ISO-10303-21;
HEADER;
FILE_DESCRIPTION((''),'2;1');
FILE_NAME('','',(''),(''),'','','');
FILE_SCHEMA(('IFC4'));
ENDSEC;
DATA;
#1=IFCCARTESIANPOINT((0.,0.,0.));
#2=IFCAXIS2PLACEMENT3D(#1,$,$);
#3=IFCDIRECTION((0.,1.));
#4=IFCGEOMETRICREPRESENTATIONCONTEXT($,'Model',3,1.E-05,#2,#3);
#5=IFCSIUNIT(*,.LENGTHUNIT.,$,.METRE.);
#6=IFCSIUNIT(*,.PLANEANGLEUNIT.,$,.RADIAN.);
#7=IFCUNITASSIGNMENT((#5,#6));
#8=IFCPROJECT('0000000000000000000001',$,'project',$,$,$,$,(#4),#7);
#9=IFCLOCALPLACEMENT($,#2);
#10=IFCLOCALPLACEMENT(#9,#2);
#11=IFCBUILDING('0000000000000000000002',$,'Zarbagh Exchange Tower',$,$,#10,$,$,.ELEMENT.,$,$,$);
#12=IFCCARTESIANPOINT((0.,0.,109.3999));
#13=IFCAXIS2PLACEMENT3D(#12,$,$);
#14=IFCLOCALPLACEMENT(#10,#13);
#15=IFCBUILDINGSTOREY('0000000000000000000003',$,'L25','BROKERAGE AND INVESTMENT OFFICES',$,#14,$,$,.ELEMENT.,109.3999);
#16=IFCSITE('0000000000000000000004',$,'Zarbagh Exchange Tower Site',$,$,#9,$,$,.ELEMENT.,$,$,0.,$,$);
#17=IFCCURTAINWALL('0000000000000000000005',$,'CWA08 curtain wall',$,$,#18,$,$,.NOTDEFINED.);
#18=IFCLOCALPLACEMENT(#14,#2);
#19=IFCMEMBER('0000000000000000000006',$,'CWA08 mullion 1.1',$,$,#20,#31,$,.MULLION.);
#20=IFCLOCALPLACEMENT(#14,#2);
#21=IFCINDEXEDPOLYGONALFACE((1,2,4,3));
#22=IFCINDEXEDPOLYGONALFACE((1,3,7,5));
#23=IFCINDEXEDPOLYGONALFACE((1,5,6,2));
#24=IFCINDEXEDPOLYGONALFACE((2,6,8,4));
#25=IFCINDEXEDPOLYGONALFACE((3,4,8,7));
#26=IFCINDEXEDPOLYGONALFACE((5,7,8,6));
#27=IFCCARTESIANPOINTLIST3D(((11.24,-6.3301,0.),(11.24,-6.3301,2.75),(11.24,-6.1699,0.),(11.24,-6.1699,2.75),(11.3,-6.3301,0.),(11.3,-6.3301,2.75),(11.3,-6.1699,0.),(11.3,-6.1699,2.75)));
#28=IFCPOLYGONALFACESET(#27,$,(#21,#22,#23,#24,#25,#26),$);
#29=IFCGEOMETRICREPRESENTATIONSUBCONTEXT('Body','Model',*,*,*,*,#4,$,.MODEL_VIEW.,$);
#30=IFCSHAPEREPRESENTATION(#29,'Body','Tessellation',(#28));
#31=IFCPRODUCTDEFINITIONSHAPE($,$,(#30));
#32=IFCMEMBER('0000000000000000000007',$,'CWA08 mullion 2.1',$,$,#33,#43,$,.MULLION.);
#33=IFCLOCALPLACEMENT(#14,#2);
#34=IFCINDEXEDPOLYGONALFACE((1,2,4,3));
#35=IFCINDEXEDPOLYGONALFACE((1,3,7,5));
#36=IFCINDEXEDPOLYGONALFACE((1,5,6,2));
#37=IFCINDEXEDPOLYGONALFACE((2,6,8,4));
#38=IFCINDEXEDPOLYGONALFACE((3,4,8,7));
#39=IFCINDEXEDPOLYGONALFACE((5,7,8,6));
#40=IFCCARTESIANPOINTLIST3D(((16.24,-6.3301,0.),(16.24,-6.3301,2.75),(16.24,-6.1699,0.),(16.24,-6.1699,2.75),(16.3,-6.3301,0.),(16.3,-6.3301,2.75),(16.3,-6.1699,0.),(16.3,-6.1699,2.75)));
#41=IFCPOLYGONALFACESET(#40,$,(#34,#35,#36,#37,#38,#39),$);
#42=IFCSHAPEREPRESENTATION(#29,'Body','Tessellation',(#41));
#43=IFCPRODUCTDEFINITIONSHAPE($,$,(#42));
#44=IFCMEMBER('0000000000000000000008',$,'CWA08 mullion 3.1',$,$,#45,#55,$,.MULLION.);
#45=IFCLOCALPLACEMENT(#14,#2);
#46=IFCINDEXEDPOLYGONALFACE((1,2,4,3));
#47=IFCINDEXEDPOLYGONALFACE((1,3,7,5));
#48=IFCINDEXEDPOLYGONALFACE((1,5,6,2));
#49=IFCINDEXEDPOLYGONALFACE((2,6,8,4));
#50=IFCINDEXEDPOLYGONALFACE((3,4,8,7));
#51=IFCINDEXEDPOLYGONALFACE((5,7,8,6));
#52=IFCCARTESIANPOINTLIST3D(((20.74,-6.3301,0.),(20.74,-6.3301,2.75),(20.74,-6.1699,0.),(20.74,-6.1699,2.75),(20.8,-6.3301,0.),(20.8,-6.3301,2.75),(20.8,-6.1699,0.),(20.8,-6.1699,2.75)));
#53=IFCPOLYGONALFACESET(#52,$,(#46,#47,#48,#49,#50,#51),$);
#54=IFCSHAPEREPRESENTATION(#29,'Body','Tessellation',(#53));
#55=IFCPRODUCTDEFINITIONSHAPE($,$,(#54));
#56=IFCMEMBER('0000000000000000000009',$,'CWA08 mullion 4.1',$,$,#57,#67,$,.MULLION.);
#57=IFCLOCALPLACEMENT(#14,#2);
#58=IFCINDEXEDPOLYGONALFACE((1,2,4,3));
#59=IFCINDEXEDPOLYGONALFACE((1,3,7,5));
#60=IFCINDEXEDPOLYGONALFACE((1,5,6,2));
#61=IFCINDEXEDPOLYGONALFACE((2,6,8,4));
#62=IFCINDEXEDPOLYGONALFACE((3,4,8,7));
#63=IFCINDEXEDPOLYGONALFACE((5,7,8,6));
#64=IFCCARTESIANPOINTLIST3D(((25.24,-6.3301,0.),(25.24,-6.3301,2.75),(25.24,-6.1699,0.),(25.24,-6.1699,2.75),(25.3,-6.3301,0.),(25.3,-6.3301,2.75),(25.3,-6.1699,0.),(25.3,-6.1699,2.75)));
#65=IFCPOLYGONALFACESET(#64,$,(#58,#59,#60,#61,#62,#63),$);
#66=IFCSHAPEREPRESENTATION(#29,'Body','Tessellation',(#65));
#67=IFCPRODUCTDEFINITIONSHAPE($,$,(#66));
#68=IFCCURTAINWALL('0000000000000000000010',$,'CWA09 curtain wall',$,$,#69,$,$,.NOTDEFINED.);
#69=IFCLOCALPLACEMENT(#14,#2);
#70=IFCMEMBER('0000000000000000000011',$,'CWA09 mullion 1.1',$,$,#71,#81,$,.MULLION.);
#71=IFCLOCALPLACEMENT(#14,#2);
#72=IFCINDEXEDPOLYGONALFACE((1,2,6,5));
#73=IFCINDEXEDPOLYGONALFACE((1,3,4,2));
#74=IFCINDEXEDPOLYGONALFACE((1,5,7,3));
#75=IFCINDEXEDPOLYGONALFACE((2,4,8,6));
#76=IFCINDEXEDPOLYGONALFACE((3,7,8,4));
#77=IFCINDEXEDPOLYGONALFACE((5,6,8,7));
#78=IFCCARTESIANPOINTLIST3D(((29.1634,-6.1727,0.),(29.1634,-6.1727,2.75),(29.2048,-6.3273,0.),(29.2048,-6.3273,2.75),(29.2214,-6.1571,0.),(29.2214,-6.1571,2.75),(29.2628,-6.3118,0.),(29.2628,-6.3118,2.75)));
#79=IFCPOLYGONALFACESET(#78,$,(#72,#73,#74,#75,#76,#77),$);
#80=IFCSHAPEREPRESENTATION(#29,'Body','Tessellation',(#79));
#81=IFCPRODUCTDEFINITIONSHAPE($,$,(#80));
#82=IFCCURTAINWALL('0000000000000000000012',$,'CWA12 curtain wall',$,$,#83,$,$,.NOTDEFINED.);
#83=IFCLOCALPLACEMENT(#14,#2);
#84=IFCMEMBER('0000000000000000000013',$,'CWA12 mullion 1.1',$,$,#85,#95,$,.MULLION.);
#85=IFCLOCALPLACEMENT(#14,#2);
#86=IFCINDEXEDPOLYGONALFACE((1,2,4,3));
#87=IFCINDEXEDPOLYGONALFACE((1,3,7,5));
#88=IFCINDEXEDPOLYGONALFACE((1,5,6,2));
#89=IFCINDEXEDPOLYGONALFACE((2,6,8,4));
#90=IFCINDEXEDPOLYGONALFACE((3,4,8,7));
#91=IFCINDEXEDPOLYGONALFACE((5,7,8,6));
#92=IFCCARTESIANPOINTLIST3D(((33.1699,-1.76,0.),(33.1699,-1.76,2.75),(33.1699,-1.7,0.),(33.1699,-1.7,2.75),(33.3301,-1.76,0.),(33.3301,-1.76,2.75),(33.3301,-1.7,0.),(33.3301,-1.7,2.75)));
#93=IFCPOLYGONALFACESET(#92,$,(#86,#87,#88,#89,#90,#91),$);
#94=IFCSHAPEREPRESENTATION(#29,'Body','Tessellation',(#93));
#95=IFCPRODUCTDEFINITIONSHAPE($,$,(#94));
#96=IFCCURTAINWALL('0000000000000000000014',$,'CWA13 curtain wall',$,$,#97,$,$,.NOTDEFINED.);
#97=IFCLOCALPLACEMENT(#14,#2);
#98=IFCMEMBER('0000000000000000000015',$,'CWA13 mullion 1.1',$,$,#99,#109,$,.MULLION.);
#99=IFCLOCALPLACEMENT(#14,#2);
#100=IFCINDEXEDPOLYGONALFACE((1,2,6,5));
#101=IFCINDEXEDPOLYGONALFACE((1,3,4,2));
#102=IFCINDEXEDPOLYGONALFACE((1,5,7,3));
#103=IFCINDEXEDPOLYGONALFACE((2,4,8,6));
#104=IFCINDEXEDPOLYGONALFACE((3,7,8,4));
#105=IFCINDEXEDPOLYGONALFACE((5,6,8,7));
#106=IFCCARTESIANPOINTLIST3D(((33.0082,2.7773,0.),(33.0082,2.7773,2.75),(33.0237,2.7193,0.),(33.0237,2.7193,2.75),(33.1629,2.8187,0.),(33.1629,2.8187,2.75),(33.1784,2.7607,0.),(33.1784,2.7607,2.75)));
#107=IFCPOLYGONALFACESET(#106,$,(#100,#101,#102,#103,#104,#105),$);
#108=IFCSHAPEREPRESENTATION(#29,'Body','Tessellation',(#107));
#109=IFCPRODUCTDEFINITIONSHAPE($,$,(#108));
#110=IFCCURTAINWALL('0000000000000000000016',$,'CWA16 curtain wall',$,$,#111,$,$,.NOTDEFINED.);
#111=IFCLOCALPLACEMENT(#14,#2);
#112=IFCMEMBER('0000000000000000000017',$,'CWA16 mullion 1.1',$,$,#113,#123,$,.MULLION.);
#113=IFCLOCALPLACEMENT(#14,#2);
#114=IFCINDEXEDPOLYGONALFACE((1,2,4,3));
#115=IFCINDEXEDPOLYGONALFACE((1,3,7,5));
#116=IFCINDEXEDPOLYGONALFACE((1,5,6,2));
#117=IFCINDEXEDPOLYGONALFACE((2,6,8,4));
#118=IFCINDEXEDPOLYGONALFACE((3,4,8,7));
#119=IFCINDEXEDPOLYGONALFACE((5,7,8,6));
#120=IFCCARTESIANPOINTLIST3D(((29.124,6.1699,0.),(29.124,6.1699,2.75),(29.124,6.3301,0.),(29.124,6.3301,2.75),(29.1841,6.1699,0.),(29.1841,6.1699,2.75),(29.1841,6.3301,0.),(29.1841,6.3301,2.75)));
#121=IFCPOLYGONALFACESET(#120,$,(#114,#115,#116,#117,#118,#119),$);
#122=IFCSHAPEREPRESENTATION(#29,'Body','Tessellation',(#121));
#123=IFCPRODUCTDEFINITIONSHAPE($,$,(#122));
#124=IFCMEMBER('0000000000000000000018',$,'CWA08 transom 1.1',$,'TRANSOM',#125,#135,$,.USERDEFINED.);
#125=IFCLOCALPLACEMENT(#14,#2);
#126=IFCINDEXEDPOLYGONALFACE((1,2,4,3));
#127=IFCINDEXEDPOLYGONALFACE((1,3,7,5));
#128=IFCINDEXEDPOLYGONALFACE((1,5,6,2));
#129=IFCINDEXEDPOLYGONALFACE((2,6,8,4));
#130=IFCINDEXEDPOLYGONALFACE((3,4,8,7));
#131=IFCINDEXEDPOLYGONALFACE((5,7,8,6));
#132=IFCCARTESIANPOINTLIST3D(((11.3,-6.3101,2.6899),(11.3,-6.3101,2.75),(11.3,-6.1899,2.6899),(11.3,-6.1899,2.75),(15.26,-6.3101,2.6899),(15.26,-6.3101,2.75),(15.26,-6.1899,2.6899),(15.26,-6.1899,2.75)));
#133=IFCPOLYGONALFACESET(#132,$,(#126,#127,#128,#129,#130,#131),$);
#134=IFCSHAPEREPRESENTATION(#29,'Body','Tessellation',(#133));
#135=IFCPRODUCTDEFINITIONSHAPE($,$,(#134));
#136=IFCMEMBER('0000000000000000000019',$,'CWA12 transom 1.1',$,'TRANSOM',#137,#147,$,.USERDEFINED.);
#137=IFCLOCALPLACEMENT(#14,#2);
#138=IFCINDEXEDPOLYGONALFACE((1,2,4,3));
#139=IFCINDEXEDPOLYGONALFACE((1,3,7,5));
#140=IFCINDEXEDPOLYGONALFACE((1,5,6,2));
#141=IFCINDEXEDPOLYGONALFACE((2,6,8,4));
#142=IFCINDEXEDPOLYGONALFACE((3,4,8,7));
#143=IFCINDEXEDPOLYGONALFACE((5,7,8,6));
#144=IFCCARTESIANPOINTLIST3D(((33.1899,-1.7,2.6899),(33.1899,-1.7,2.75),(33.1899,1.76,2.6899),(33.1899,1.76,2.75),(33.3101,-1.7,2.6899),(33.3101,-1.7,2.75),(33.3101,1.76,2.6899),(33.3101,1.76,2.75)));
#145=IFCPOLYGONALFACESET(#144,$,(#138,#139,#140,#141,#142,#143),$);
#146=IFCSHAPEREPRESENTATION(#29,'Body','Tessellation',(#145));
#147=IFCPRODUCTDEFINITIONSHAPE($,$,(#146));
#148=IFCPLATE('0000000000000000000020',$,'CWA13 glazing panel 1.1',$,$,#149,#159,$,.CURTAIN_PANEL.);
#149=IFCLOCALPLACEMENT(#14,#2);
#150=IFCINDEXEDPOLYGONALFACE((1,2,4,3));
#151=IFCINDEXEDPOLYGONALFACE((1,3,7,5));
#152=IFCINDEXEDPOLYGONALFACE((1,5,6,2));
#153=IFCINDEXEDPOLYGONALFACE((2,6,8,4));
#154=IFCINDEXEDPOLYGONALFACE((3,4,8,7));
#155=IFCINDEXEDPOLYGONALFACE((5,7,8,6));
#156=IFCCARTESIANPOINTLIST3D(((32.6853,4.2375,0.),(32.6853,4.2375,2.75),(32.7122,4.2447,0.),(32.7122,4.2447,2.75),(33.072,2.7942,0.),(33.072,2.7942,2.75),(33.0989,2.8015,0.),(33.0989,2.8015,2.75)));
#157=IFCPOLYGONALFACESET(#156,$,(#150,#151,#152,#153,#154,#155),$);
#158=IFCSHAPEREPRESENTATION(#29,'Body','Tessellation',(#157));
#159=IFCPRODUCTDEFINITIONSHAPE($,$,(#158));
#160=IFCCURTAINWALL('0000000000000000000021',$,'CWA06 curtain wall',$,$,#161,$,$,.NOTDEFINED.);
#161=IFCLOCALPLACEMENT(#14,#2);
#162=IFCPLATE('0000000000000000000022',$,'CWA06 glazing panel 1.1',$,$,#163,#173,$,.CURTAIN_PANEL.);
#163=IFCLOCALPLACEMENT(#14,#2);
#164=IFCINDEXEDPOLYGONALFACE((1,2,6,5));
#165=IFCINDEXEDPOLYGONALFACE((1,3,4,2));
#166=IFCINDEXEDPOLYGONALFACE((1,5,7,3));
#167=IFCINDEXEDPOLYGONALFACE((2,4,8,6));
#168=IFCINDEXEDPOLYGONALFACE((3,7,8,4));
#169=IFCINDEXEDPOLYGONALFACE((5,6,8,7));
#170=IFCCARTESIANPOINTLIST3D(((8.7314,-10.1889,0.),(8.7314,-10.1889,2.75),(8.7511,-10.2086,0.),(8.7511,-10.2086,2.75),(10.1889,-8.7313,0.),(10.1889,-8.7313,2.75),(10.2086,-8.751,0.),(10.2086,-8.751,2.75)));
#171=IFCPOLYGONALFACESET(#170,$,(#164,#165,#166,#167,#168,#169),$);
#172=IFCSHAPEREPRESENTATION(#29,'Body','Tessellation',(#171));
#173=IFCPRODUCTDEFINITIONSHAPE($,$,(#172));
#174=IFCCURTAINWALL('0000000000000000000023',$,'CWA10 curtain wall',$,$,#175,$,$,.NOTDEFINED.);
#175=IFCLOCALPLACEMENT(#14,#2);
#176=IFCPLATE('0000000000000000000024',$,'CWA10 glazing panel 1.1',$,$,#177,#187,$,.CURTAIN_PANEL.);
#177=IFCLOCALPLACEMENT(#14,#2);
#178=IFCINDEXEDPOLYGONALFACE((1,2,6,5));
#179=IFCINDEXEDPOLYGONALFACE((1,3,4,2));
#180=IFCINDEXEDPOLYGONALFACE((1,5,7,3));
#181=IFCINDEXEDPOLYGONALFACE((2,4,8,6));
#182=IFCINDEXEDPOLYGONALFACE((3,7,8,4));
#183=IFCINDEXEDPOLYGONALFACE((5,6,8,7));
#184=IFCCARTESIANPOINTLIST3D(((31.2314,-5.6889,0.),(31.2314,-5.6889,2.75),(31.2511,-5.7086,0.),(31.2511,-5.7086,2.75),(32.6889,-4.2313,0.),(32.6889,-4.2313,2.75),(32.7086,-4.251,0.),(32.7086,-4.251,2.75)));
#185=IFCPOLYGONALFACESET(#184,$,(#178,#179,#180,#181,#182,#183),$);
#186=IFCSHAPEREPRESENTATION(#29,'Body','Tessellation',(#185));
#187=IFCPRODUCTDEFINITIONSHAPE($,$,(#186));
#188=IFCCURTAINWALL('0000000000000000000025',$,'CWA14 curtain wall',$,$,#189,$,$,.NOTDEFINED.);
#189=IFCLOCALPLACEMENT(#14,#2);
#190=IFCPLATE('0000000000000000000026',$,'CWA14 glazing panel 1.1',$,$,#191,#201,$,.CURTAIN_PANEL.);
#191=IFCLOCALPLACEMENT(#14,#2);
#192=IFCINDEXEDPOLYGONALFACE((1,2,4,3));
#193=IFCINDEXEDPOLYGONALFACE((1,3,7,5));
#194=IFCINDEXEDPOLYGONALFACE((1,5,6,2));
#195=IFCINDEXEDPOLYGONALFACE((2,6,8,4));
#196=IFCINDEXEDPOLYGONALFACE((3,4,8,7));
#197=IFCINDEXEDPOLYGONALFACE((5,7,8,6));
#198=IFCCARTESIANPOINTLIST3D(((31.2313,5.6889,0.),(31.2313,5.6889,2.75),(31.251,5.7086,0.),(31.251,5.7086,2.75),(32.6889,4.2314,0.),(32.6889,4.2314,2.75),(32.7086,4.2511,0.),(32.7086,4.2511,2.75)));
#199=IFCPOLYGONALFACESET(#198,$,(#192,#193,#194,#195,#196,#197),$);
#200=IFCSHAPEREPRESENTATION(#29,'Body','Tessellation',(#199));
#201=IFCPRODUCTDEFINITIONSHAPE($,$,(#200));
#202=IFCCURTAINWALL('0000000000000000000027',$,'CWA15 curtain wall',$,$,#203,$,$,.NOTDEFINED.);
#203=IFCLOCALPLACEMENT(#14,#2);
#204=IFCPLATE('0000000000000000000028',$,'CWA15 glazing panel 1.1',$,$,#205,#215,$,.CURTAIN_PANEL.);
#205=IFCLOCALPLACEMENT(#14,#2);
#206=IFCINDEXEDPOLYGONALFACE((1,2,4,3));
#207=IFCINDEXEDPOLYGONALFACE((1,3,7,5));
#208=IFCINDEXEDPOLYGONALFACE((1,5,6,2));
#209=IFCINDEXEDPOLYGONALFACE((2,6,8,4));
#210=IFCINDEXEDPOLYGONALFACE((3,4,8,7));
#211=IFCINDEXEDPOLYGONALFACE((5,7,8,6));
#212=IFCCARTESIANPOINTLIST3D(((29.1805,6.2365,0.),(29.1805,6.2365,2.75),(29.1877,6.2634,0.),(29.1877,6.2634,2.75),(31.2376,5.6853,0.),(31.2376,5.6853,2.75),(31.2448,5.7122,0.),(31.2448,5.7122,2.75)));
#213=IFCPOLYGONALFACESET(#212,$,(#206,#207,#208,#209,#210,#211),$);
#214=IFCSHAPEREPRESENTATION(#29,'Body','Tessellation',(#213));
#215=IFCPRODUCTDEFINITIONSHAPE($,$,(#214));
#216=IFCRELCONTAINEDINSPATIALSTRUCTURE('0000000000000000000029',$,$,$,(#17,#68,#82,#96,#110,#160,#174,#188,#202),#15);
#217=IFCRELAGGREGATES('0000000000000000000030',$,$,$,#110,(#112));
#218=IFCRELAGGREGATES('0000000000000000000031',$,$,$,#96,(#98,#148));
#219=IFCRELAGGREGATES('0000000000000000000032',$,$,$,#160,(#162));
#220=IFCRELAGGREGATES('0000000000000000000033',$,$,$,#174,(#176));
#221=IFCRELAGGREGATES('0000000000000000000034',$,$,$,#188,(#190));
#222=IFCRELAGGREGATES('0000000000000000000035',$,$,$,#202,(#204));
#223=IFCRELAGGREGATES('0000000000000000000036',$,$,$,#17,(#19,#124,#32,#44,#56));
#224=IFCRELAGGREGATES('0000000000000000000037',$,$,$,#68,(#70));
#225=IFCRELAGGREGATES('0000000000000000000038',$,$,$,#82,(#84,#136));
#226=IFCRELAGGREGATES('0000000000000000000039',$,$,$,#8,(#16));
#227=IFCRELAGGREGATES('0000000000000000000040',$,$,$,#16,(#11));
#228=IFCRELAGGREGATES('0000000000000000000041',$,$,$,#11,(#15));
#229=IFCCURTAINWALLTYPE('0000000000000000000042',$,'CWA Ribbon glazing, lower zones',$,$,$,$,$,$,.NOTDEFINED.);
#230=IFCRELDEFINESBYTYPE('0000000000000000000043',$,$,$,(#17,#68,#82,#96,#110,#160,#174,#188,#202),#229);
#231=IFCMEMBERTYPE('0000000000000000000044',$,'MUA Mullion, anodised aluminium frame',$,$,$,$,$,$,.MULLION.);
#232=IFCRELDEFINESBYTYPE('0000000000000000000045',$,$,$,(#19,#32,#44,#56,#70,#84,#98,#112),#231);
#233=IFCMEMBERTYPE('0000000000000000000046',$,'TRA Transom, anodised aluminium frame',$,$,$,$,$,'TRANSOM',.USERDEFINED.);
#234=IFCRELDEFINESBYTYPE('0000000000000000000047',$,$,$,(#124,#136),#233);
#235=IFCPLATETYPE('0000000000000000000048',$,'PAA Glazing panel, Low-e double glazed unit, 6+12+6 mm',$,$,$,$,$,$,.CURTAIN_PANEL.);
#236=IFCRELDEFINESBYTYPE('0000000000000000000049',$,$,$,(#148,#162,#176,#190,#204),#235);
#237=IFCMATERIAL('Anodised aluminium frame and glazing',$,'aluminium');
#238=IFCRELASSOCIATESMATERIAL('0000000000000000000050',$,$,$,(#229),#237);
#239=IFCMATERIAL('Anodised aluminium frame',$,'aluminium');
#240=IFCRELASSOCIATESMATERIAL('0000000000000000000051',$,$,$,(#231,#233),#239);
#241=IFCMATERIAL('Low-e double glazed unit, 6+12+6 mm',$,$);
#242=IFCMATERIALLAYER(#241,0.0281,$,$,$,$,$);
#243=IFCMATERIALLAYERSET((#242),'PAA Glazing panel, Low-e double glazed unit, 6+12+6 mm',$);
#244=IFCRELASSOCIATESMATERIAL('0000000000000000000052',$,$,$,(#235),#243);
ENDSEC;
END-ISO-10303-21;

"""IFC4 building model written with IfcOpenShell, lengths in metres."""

from ifc_helpers import new_model, si_unit, direction, frame, origin, place, context, subcontext, project, spatial, polyline, outline, extrude, source, transform, mapped, material, layer, layer_set, type_object, element, aggregate, save


model = new_model("IFC4")

# Units and contexts
model_context = context("Model", 3, precision=1e-05, world=origin(), true_north=direction((0.0, 1.0)))
body_context = subcontext(model_context, "Body", "Model", "MODEL_VIEW")
ifc_project = project(units=[si_unit("LENGTHUNIT", "METRE"), si_unit("PLANEANGLEUNIT", "RADIAN")], contexts=[model_context])

# Site, building, storey
site_placement = place(None, origin())
site = spatial("IfcSite", under=ifc_project, at=site_placement, Name="Zarbagh Exchange Tower Site", CompositionType="ELEMENT", RefElevation=0.0)
building_placement = place(site_placement, origin())
building = spatial("IfcBuilding", under=site, at=building_placement, Name="Zarbagh Exchange Tower", CompositionType="ELEMENT")
storey_placement = place(building_placement, frame((0.0, 0.0, 109.3999)))
storey = spatial("IfcBuildingStorey", under=building, at=storey_placement, Name="L25", Description="BROKERAGE AND INVESTMENT OFFICES", CompositionType="ELEMENT", Elevation=109.3999)

# Curtain wall, members
ifc_material_1 = material(Name="Anodised aluminium frame and glazing", Category="aluminium")
curtain_wall_type = type_object("IfcCurtainWallType", Name="CWA Ribbon glazing, lower zones", PredefinedType="NOTDEFINED", material=ifc_material_1)
curtain_wall_1_placement = place(storey_placement, origin())
curtain_wall_1 = element("IfcCurtainWall", 1, at=curtain_wall_1_placement, inside=storey, type_object=curtain_wall_type, Name="CWA08 curtain wall", PredefinedType="NOTDEFINED")
ifc_material_2 = material(Name="Anodised aluminium frame", Category="aluminium")
member_type_1 = type_object("IfcMemberType", Name="MUA Mullion, anodised aluminium frame", PredefinedType="MULLION", material=ifc_material_2)
shared_shape_1 = source(origin(), body_context, "Body", "SweptSolid", [
    extrude(outline(polyline([(0.0, -0.0801), (0.0601, -0.0801), (0.0601, 0.0801), (0.0, 0.0801), (0.0, -0.0801)])), origin(), (0.0, 0.0, 1.0), 2.75),
])
placement = place(storey_placement, origin())
member_1 = element("IfcMember", 2, at=placement, type_object=member_type_1, Name="CWA08 mullion 1.1", PredefinedType="MULLION", context=body_context, shape_type="MappedRepresentation", body=[
    mapped(shared_shape_1, transform((11.24, -6.25, 0.0), x_axis=(1.0, 0.0, 0.0), y_axis=(0.0, 1.0, 0.0), z_axis=(0.0, 0.0, 1.0))),
])
member_2 = element("IfcMember", 3, at=placement, type_object=member_type_1, Name="CWA08 mullion 2.1", PredefinedType="MULLION", context=body_context, shape_type="MappedRepresentation", body=[
    mapped(shared_shape_1, transform((16.24, -6.25, 0.0), x_axis=(1.0, 0.0, 0.0), y_axis=(0.0, 1.0, 0.0), z_axis=(0.0, 0.0, 1.0))),
])
member_3 = element("IfcMember", 4, at=placement, type_object=member_type_1, Name="CWA08 mullion 3.1", PredefinedType="MULLION", context=body_context, shape_type="MappedRepresentation", body=[
    mapped(shared_shape_1, transform((20.74, -6.25, 0.0), x_axis=(1.0, 0.0, 0.0), y_axis=(0.0, 1.0, 0.0), z_axis=(0.0, 0.0, 1.0))),
])
member_4 = element("IfcMember", 5, at=placement, type_object=member_type_1, Name="CWA08 mullion 4.1", PredefinedType="MULLION", context=body_context, shape_type="MappedRepresentation", body=[
    mapped(shared_shape_1, transform((25.24, -6.25, 0.0), x_axis=(1.0, 0.0, 0.0), y_axis=(0.0, 1.0, 0.0), z_axis=(0.0, 0.0, 1.0))),
])

# Curtain walls, members
curtain_wall_2_placement = place(storey_placement, origin())
curtain_wall_2 = element("IfcCurtainWall", 6, at=curtain_wall_2_placement, inside=storey, type_object=curtain_wall_type, Name="CWA09 curtain wall", PredefinedType="NOTDEFINED")
member_5 = element("IfcMember", 7, at=placement, type_object=member_type_1, Name="CWA09 mullion 1.1", PredefinedType="MULLION", context=body_context, shape_type="MappedRepresentation", body=[
    mapped(shared_shape_1, transform((29.1841, -6.25, 0.0), x_axis=(0.965924, 0.258825, 0.0), y_axis=(-0.258825, 0.965924, 0.0), z_axis=(0.0, 0.0, 1.0))),
])
curtain_wall_3_placement = place(storey_placement, origin())
curtain_wall_3 = element("IfcCurtainWall", 8, at=curtain_wall_3_placement, inside=storey, type_object=curtain_wall_type, Name="CWA12 curtain wall", PredefinedType="NOTDEFINED")
member_6 = element("IfcMember", 9, at=placement, type_object=member_type_1, Name="CWA12 mullion 1.1", PredefinedType="MULLION", context=body_context, shape_type="MappedRepresentation", body=[
    mapped(shared_shape_1, transform((33.25, -1.76, 0.0), x_axis=(0.0, 1.0, 0.0), y_axis=(-1.0, 0.0, 0.0), z_axis=(0.0, 0.0, 1.0))),
])
curtain_wall_4_placement = place(storey_placement, origin())
curtain_wall_4 = element("IfcCurtainWall", 10, at=curtain_wall_4_placement, inside=storey, type_object=curtain_wall_type, Name="CWA13 curtain wall", PredefinedType="NOTDEFINED")
member_7 = element("IfcMember", 11, at=placement, type_object=member_type_1, Name="CWA13 mullion 1.1", PredefinedType="MULLION", context=body_context, shape_type="MappedRepresentation", body=[
    mapped(shared_shape_1, transform((33.1011, 2.74, 0.0), x_axis=(-0.258825, 0.965924, 0.0), y_axis=(-0.965924, -0.258825, 0.0), z_axis=(0.0, 0.0, 1.0))),
])
curtain_wall_5_placement = place(storey_placement, origin())
curtain_wall_5 = element("IfcCurtainWall", 12, at=curtain_wall_5_placement, inside=storey, type_object=curtain_wall_type, Name="CWA16 curtain wall", PredefinedType="NOTDEFINED")
member_8 = element("IfcMember", 13, at=placement, type_object=member_type_1, Name="CWA16 mullion 1.1", PredefinedType="MULLION", context=body_context, shape_type="MappedRepresentation", body=[
    mapped(shared_shape_1, transform((29.1841, 6.25, 0.0), x_axis=(-1.0, 0.0, 0.0), y_axis=(0.0, -1.0, 0.0), z_axis=(0.0, 0.0, 1.0))),
])
aggregate(curtain_wall_5, [member_8])

# Members
member_type_2 = type_object("IfcMemberType", Name="TRA Transom, anodised aluminium frame", ElementType="TRANSOM", PredefinedType="USERDEFINED", material=ifc_material_2)
shared_shape_2 = source(origin(), body_context, "Body", "SweptSolid", [
    extrude(outline(polyline([(-0.0601, -0.0601), (0.0, -0.0601), (0.0, 0.0601), (-0.0601, 0.0601), (-0.0601, -0.0601)])), origin(), (0.0, 0.0, 1.0), 3.96),
])
member_9 = element("IfcMember", 14, at=placement, type_object=member_type_2, Name="CWA08 transom 1.1", ObjectType="TRANSOM", PredefinedType="USERDEFINED", context=body_context, shape_type="MappedRepresentation", body=[
    mapped(shared_shape_2, transform((11.3, -6.25, 2.75), x_axis=(0.0, 0.0, 1.0), y_axis=(0.0, -1.0, 0.0), z_axis=(1.0, 0.0, 0.0))),
])
shared_shape_3 = source(origin(), body_context, "Body", "SweptSolid", [
    extrude(outline(polyline([(-0.0601, -0.0601), (0.0, -0.0601), (0.0, 0.0601), (-0.0601, 0.0601), (-0.0601, -0.0601)])), origin(), (0.0, 0.0, 1.0), 3.46),
])
member_10 = element("IfcMember", 15, at=placement, type_object=member_type_2, Name="CWA12 transom 1.1", ObjectType="TRANSOM", PredefinedType="USERDEFINED", context=body_context, shape_type="MappedRepresentation", body=[
    mapped(shared_shape_3, transform((33.25, -1.7, 2.75), x_axis=(0.0, 0.0, 1.0), y_axis=(1.0, 0.0, 0.0), z_axis=(0.0, 1.0, 0.0))),
])

# Plate
ifc_material_3 = material(Name="Low-e double glazed unit, 6+12+6 mm")
ifc_layer = layer(ifc_material_3, 0.0281)
ifc_layer_set = layer_set([ifc_layer], Name="PAA Glazing panel, Low-e double glazed unit, 6+12+6 mm")
plate_type = type_object("IfcPlateType", Name="PAA Glazing panel, Low-e double glazed unit, 6+12+6 mm", PredefinedType="CURTAIN_PANEL", material=ifc_layer_set)
shared_shape_4 = source(origin(), body_context, "Body", "SweptSolid", [
    extrude(outline(polyline([(0.0, -0.0139), (1.4941, -0.0139), (1.4941, 0.0139), (0.0, 0.0139), (0.0, -0.0139)])), origin(), (0.0, 0.0, 1.0), 2.75),
])
plate_1 = element("IfcPlate", 16, at=placement, type_object=plate_type, Name="CWA13 glazing panel 1.1", PredefinedType="CURTAIN_PANEL", context=body_context, shape_type="MappedRepresentation", body=[
    mapped(shared_shape_4, transform((33.0854, 2.7979, 0.0), x_axis=(-0.258825, 0.965924, 0.0), y_axis=(-0.965924, -0.258825, 0.0), z_axis=(0.0, 0.0, 1.0))),
])
aggregate(curtain_wall_4, [member_7, plate_1])

# Curtain walls, plates
curtain_wall_6_placement = place(storey_placement, origin())
curtain_wall_6 = element("IfcCurtainWall", 17, at=curtain_wall_6_placement, inside=storey, type_object=curtain_wall_type, Name="CWA06 curtain wall", PredefinedType="NOTDEFINED")
shared_shape_5 = source(origin(), body_context, "Body", "SweptSolid", [
    extrude(outline(polyline([(0.0, -0.0139), (2.0613, -0.0139), (2.0613, 0.0139), (0.0, 0.0139), (0.0, -0.0139)])), origin(), (0.0, 0.0, 1.0), 2.75),
])
plate_2 = element("IfcPlate", 18, at=placement, type_object=plate_type, Name="CWA06 glazing panel 1.1", PredefinedType="CURTAIN_PANEL", context=body_context, shape_type="MappedRepresentation", body=[
    mapped(shared_shape_5, transform((8.7412, -10.1987, 0.0), x_axis=(0.707107, 0.707107, 0.0), y_axis=(-0.707107, 0.707107, 0.0), z_axis=(0.0, 0.0, 1.0))),
])
aggregate(curtain_wall_6, [plate_2])
curtain_wall_7_placement = place(storey_placement, origin())
curtain_wall_7 = element("IfcCurtainWall", 19, at=curtain_wall_7_placement, inside=storey, type_object=curtain_wall_type, Name="CWA10 curtain wall", PredefinedType="NOTDEFINED")
plate_3 = element("IfcPlate", 20, at=placement, type_object=plate_type, Name="CWA10 glazing panel 1.1", PredefinedType="CURTAIN_PANEL", context=body_context, shape_type="MappedRepresentation", body=[
    mapped(shared_shape_5, transform((31.2412, -5.6987, 0.0), x_axis=(0.707107, 0.707107, 0.0), y_axis=(-0.707107, 0.707107, 0.0), z_axis=(0.0, 0.0, 1.0))),
])
aggregate(curtain_wall_7, [plate_3])
curtain_wall_8_placement = place(storey_placement, origin())
curtain_wall_8 = element("IfcCurtainWall", 21, at=curtain_wall_8_placement, inside=storey, type_object=curtain_wall_type, Name="CWA14 curtain wall", PredefinedType="NOTDEFINED")
plate_4 = element("IfcPlate", 22, at=placement, type_object=plate_type, Name="CWA14 glazing panel 1.1", PredefinedType="CURTAIN_PANEL", context=body_context, shape_type="MappedRepresentation", body=[
    mapped(shared_shape_5, transform((32.6987, 4.2412, 0.0), x_axis=(-0.707107, 0.707107, 0.0), y_axis=(-0.707107, -0.707107, 0.0), z_axis=(0.0, 0.0, 1.0))),
])
aggregate(curtain_wall_8, [plate_4])
curtain_wall_9_placement = place(storey_placement, origin())
curtain_wall_9 = element("IfcCurtainWall", 23, at=curtain_wall_9_placement, inside=storey, type_object=curtain_wall_type, Name="CWA15 curtain wall", PredefinedType="NOTDEFINED")
shared_shape_6 = source(origin(), body_context, "Body", "SweptSolid", [
    extrude(outline(polyline([(0.0, -0.0139), (2.1296, -0.0139), (2.1296, 0.0139), (0.0, 0.0139), (0.0, -0.0139)])), origin(), (0.0, 0.0, 1.0), 2.75),
])
plate_5 = element("IfcPlate", 24, at=placement, type_object=plate_type, Name="CWA15 glazing panel 1.1", PredefinedType="CURTAIN_PANEL", context=body_context, shape_type="MappedRepresentation", body=[
    mapped(shared_shape_6, transform((31.2412, 5.6987, 0.0), x_axis=(-0.965924, 0.258825, 0.0), y_axis=(-0.258825, -0.965924, 0.0), z_axis=(0.0, 0.0, 1.0))),
])
aggregate(curtain_wall_9, [plate_5])

aggregate(curtain_wall_1, [member_1, member_9, member_2, member_3, member_4])
aggregate(curtain_wall_2, [member_5])

aggregate(curtain_wall_3, [member_6, member_10])

save(model, "model.ifc")
